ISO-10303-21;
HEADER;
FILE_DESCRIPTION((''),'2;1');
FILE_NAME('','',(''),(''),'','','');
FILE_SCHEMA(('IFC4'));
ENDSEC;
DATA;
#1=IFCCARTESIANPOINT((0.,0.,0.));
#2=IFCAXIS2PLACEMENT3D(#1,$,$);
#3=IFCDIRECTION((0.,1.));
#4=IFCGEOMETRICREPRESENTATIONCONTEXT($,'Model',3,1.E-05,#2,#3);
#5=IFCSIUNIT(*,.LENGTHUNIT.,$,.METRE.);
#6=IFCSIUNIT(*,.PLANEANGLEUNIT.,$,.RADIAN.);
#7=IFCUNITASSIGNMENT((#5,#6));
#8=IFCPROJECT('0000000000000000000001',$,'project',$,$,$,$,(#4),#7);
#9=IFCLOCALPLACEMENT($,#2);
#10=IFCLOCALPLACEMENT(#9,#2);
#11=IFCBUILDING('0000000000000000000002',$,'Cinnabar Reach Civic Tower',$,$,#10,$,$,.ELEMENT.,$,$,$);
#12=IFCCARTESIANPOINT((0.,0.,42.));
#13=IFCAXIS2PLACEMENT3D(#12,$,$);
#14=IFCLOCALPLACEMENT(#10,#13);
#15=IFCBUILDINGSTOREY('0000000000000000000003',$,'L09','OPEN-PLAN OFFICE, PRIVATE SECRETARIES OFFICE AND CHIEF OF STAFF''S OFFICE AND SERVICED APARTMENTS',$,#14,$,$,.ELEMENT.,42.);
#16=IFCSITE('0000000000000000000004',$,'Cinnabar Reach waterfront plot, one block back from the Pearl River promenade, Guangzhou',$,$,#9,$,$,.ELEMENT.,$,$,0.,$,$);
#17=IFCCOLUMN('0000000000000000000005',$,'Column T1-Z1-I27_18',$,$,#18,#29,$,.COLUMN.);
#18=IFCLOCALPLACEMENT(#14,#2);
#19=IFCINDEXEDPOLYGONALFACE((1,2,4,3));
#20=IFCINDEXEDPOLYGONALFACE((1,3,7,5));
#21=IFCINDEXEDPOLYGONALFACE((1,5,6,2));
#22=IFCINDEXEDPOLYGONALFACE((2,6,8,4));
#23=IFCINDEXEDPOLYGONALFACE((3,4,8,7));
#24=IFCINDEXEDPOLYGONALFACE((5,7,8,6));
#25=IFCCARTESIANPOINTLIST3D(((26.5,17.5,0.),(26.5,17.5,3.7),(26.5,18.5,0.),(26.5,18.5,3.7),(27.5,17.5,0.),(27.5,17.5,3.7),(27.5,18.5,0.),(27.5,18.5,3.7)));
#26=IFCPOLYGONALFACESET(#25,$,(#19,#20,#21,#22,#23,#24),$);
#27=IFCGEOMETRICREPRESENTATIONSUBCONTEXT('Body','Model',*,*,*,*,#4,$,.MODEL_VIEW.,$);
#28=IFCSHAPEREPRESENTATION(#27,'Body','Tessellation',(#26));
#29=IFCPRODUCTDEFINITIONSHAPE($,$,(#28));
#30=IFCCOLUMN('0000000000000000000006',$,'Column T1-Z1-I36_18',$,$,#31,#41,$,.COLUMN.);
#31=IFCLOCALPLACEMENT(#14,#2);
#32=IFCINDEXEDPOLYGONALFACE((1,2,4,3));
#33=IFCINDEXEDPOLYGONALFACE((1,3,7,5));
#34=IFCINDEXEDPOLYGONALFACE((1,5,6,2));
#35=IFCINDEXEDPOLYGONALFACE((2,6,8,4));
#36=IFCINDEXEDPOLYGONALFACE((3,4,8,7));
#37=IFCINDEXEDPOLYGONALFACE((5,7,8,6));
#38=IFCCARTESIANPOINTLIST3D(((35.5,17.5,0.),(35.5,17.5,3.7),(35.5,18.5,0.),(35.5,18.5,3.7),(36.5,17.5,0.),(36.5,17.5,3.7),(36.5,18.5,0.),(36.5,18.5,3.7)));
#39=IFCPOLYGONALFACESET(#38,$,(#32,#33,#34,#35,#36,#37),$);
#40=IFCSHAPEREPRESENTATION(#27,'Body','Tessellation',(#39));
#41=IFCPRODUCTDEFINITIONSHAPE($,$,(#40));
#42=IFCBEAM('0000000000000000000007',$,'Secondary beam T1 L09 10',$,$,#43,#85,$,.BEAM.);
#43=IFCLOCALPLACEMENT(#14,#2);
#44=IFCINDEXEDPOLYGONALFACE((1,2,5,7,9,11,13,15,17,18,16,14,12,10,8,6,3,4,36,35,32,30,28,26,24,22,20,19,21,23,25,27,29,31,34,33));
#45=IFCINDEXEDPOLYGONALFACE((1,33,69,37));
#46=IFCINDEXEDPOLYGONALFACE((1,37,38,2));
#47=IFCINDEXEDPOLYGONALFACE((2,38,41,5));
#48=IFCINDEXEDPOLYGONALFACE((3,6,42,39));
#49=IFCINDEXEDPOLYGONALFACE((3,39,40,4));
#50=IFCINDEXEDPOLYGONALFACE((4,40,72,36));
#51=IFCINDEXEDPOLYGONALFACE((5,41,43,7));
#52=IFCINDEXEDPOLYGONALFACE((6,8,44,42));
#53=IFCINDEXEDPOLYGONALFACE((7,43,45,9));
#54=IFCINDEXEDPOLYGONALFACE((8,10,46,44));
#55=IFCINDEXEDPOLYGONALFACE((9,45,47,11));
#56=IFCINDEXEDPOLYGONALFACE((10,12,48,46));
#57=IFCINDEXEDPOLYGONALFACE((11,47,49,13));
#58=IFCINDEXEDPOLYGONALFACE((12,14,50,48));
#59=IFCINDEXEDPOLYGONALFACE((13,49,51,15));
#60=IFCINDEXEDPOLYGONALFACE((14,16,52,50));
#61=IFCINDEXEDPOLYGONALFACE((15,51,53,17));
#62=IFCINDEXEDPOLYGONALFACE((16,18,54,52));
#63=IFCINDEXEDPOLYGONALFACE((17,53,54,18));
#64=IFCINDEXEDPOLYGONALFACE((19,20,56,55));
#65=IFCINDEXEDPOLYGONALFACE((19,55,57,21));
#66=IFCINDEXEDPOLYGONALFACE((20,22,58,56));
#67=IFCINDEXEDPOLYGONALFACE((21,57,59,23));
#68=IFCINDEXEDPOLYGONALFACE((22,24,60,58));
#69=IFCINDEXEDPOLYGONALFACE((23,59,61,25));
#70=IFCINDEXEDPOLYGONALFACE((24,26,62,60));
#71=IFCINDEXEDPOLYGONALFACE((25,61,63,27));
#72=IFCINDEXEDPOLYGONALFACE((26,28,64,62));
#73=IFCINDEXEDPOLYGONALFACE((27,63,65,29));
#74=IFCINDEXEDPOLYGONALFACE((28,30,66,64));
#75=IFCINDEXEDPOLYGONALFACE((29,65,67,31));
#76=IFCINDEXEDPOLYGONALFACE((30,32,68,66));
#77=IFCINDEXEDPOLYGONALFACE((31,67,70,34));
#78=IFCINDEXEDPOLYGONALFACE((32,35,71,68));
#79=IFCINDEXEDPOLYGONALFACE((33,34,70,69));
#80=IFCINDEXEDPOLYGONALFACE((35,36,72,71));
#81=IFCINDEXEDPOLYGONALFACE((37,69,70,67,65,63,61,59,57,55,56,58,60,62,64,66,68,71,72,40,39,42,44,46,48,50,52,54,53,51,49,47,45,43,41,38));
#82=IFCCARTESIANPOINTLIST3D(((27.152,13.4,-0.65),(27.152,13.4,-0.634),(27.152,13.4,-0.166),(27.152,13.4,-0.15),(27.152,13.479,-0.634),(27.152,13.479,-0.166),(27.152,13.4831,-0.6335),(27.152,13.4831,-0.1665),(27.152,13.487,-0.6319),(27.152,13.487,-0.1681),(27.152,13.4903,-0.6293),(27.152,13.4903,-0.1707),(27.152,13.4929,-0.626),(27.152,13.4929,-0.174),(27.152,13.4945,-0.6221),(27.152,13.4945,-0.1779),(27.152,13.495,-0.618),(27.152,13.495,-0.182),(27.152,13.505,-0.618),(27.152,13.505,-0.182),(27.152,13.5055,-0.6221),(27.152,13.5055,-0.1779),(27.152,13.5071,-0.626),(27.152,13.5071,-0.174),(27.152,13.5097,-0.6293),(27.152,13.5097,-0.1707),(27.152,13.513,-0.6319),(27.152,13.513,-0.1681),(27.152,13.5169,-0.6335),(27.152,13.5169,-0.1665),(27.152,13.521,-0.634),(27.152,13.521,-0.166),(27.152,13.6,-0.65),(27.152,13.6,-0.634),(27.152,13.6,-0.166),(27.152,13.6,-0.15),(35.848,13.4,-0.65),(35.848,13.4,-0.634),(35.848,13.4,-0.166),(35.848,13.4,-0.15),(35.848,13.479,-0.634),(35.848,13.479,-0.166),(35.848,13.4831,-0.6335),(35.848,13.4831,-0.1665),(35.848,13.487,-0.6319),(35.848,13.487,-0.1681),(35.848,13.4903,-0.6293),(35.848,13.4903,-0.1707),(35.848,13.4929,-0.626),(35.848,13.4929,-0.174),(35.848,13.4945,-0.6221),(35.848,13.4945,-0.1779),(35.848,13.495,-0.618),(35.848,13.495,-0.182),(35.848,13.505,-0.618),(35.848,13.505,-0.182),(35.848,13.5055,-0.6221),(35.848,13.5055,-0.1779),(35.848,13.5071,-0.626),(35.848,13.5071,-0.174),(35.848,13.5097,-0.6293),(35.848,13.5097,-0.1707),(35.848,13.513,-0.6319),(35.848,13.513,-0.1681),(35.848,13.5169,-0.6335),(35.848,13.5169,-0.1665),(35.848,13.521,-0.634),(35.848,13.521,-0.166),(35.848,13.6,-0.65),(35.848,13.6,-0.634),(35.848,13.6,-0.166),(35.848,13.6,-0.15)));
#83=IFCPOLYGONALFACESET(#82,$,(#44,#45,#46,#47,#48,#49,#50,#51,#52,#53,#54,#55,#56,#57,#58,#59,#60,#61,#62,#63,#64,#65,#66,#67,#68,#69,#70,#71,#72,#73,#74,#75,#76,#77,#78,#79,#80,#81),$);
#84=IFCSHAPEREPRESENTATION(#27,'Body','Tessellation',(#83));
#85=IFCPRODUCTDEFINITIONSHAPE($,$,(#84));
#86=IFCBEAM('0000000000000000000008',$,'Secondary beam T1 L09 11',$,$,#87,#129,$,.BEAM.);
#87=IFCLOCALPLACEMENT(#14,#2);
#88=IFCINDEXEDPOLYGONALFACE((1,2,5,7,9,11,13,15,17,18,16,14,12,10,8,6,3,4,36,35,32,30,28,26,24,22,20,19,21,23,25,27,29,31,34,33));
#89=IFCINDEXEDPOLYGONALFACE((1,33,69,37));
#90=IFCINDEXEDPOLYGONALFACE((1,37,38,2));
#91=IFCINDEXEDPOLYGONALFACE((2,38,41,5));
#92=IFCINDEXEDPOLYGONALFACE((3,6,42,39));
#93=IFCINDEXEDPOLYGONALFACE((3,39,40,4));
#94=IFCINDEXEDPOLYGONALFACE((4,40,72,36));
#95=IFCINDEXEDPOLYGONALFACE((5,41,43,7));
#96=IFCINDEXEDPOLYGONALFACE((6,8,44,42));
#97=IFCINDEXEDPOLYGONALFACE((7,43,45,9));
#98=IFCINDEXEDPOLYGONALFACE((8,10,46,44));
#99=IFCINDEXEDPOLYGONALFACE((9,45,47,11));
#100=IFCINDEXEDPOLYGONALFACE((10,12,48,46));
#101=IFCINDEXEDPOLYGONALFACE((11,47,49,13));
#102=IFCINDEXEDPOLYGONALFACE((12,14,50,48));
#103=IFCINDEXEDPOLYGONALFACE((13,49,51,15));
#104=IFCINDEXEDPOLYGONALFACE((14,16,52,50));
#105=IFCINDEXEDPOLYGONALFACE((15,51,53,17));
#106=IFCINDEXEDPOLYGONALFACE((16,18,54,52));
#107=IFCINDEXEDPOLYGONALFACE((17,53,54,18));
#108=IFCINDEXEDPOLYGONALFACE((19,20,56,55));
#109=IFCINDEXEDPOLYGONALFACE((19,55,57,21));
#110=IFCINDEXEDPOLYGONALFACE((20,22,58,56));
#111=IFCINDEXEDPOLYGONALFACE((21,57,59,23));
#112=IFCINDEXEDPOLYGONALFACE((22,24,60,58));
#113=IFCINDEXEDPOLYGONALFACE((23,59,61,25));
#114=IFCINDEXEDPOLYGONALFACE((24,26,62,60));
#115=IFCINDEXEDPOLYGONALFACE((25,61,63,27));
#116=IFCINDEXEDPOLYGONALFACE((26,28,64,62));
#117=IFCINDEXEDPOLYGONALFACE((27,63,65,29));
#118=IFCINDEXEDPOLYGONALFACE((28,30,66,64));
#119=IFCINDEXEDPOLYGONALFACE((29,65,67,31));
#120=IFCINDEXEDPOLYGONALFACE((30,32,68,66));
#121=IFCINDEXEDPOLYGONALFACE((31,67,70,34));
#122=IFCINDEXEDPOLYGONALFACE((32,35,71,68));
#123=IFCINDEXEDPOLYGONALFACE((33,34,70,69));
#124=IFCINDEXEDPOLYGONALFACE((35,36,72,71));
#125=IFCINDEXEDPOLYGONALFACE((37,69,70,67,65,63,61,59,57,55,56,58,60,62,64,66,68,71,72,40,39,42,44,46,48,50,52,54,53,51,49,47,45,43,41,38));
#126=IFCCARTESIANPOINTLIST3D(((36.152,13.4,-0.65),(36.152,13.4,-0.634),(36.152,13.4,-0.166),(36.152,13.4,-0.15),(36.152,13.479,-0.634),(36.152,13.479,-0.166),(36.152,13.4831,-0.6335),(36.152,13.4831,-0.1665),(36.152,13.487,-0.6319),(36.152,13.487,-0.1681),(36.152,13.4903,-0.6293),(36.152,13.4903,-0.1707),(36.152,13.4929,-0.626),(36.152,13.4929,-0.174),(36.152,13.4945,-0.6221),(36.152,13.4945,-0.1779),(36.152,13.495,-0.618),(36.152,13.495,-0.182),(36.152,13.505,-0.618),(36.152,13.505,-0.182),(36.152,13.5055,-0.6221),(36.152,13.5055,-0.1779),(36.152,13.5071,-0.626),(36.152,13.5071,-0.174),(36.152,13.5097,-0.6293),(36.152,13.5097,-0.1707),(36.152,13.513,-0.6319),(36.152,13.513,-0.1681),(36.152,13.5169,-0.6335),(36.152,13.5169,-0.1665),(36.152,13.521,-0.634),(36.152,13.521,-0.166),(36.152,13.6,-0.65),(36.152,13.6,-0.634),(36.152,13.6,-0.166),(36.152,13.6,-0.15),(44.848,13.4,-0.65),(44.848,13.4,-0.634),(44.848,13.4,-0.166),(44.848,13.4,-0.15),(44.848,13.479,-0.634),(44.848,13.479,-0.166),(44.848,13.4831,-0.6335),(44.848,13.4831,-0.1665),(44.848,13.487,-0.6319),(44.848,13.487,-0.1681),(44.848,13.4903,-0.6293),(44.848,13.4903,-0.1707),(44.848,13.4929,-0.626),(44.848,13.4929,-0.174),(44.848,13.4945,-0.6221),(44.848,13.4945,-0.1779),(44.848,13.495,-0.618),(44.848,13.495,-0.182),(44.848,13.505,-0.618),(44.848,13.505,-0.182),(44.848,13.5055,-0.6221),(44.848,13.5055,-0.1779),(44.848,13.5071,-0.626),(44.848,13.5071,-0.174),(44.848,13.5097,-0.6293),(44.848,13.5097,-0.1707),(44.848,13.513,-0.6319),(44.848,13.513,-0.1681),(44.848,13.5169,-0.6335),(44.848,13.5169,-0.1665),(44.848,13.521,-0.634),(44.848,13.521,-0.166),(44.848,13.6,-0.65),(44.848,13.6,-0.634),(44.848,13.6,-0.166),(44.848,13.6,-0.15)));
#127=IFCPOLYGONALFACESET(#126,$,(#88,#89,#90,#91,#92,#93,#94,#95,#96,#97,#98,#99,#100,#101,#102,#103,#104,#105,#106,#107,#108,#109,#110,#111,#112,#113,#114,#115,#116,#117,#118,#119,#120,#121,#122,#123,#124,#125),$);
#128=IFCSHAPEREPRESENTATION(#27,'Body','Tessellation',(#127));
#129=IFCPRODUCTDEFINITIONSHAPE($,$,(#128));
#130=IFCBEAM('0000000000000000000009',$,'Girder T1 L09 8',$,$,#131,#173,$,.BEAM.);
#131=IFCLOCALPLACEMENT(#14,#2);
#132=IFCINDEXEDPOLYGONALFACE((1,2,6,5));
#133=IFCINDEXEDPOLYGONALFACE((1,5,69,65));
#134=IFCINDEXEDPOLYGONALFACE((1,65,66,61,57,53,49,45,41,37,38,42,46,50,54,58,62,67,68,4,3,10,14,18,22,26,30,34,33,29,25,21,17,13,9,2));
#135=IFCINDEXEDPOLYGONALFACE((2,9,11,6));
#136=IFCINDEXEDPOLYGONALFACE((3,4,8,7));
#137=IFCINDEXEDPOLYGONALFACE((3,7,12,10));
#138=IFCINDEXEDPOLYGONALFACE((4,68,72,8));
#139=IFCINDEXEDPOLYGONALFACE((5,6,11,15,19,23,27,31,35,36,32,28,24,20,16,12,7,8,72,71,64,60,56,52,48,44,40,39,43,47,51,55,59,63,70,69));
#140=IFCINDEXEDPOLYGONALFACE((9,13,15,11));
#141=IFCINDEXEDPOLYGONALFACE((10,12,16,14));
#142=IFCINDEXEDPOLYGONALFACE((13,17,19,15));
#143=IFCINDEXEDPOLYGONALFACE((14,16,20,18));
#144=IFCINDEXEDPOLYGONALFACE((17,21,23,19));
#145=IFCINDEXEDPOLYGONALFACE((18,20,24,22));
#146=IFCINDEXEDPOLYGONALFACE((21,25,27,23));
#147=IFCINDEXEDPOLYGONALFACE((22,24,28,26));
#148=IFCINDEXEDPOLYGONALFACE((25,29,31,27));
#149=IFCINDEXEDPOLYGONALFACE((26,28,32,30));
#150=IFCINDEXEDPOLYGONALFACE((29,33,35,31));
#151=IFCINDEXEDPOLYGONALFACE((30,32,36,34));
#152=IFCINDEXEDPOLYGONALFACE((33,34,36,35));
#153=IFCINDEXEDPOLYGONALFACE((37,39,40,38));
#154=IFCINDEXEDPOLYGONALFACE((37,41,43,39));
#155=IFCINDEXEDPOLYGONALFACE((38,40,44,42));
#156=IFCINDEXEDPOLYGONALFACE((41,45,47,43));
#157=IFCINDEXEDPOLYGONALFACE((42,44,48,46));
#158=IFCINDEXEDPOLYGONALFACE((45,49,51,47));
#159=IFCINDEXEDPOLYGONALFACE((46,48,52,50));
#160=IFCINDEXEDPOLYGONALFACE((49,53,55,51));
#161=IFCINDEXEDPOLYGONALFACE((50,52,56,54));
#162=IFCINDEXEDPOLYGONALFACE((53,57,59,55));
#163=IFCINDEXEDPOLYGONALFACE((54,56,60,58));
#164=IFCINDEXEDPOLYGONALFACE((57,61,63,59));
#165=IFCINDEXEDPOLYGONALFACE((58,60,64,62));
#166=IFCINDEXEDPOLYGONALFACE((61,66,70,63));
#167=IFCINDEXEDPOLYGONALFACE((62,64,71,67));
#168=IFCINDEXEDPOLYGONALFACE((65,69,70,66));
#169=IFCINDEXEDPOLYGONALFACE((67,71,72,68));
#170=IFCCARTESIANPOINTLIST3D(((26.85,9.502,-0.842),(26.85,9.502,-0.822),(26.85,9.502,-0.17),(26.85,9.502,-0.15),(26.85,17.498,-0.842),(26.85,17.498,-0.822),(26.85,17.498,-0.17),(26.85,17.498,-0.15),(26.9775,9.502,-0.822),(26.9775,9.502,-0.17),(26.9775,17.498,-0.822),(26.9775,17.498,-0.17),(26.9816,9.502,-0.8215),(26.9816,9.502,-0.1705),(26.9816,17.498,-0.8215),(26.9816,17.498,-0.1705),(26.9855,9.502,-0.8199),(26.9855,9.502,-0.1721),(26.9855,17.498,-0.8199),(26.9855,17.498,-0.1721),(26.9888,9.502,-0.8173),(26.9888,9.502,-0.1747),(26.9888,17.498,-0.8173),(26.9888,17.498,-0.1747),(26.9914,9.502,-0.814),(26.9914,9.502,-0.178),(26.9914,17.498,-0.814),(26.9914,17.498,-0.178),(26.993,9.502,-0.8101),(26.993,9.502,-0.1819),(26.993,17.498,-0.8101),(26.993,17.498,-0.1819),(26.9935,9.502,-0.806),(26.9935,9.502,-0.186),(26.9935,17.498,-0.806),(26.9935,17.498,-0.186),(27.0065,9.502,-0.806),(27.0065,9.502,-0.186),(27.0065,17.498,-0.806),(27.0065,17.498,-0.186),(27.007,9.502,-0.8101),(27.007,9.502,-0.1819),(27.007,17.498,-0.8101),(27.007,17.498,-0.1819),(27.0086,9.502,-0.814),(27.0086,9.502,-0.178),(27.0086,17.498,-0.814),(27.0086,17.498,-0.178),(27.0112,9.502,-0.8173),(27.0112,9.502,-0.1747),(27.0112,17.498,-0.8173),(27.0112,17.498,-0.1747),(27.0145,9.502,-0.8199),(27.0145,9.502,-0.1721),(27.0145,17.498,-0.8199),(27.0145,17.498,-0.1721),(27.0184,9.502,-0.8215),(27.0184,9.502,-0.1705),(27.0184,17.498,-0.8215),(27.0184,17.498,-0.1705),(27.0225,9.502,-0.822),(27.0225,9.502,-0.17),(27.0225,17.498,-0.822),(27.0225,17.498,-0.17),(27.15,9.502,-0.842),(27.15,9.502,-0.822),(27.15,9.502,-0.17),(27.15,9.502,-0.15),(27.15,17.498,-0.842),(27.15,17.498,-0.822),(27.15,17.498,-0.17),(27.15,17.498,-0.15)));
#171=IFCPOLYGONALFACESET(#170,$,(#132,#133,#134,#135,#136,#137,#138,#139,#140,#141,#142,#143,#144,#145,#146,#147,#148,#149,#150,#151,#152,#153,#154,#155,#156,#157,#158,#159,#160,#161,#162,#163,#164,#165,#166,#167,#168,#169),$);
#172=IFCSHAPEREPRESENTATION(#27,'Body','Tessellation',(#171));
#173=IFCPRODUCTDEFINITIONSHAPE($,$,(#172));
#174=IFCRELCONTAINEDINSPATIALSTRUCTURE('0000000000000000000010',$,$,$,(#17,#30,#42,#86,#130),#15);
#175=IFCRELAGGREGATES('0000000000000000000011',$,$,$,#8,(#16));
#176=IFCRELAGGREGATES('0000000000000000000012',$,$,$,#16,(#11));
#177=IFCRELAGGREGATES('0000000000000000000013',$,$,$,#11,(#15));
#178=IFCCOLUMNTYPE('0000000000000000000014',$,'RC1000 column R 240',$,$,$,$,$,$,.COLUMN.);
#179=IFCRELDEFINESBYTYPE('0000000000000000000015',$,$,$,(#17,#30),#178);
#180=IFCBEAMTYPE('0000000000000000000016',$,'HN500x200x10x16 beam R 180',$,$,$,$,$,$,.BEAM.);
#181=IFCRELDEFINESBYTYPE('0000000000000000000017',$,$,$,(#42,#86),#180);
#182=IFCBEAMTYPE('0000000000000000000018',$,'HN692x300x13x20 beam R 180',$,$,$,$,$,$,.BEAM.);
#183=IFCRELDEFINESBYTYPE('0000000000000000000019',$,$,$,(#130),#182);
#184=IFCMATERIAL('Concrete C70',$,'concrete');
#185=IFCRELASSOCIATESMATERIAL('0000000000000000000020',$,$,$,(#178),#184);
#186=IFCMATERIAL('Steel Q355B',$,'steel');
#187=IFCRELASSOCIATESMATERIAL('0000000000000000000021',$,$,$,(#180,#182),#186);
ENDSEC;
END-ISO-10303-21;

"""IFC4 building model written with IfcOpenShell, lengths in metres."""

from ifc_helpers import new_model, si_unit, direction, frame, origin, origin_2d, place, context, subcontext, project, spatial, rectangle, i_section, extrude, material, material_profile, profile_set, type_object, element, save


model = new_model("IFC4")

# Units and contexts
model_context = context("Model", 3, precision=1e-05, world=origin(), true_north=direction((0.0, 1.0)))
body_context = subcontext(model_context, "Body", "Model", "MODEL_VIEW")
ifc_project = project(units=[si_unit("LENGTHUNIT", "METRE"), si_unit("PLANEANGLEUNIT", "RADIAN")], contexts=[model_context])

# Site, building, storey
site_placement = place(None, origin())
site = spatial("IfcSite", under=ifc_project, at=site_placement, Name="Cinnabar Reach waterfront plot, one block back from the Pearl River promenade, Guangzhou", CompositionType="ELEMENT", RefElevation=0.0)
building_placement = place(site_placement, origin())
building = spatial("IfcBuilding", under=site, at=building_placement, Name="Cinnabar Reach Civic Tower", CompositionType="ELEMENT")
storey_placement = place(building_placement, frame((0.0, 0.0, 42.0)))
storey = spatial("IfcBuildingStorey", under=building, at=storey_placement, Name="L09", Description="OPEN-PLAN OFFICE, PRIVATE SECRETARIES OFFICE AND CHIEF OF STAFF'S OFFICE AND SERVICED APARTMENTS", CompositionType="ELEMENT", Elevation=42.0)

# Columns
ifc_material_1 = material(Name="Concrete C70", Category="concrete")
ifc_material_profile_1 = material_profile(ifc_material_1, rectangle(XDim=1.0, YDim=1.0, at=origin_2d()), Name="RC1000")
ifc_profile_set_1 = profile_set([ifc_material_profile_1], Name="Concrete C70")
column_type = type_object("IfcColumnType", Name="RC1000 column R 240", PredefinedType="COLUMN", material=ifc_profile_set_1)
for number, where, z_axis, x_axis, name in (
    (1, (27.0, 18.0, 0.0), (0.0, 0.0, 1.0), (1.0, 0.0, 0.0), "Column T1-Z1-I27_18"),
    (2, (36.0, 18.0, 0.0), (0.0, 0.0, 1.0), (1.0, 0.0, 0.0), "Column T1-Z1-I36_18"),
):
    element("IfcColumn", number, at=place(storey_placement, frame(where, z_axis=z_axis, x_axis=x_axis)), inside=storey, type_object=column_type, Name=name, PredefinedType="COLUMN", context=body_context, shape_type="SweptSolid", body=[
        extrude(rectangle(XDim=1.0, YDim=1.0, at=origin_2d()), origin(), (0.0, 0.0, 1.0), 3.7),
    ])

# Beams
ifc_material_2 = material(Name="Steel Q355B", Category="steel")
ifc_material_profile_2 = material_profile(ifc_material_2, i_section(OverallWidth=0.2, OverallDepth=0.5, WebThickness=0.01, FlangeThickness=0.016, FilletRadius=0.016, at=origin_2d()), Name="HN500x200x10x16")
ifc_profile_set_2 = profile_set([ifc_material_profile_2], Name="Steel Q355B")
beam_type_1 = type_object("IfcBeamType", Name="HN500x200x10x16 beam R 180", PredefinedType="BEAM", material=ifc_profile_set_2)
for number, where, z_axis, x_axis, name in (
    (3, (27.152, 13.5, -0.4), (1.0, 0.0, 0.0), (0.0, 1.0, 0.0), "Secondary beam T1 L09 10"),
    (4, (36.152, 13.5, -0.4), (1.0, 0.0, 0.0), (0.0, 1.0, 0.0), "Secondary beam T1 L09 11"),
):
    element("IfcBeam", number, at=place(storey_placement, frame(where, z_axis=z_axis, x_axis=x_axis)), inside=storey, type_object=beam_type_1, Name=name, PredefinedType="BEAM", context=body_context, shape_type="SweptSolid", body=[
        extrude(i_section(OverallWidth=0.2, OverallDepth=0.5, WebThickness=0.01, FlangeThickness=0.016, FilletRadius=0.016, at=origin_2d()), origin(), (0.0, 0.0, 1.0), 8.696),
    ])
ifc_material_profile_3 = material_profile(ifc_material_2, i_section(OverallWidth=0.3, OverallDepth=0.692, WebThickness=0.013, FlangeThickness=0.02, FilletRadius=0.016, at=origin_2d()), Name="HN692x300x13x20")
ifc_profile_set_3 = profile_set([ifc_material_profile_3], Name="Steel Q355B")
beam_type_2 = type_object("IfcBeamType", Name="HN692x300x13x20 beam R 180", PredefinedType="BEAM", material=ifc_profile_set_3)
for number, where, z_axis, x_axis, name in (
    (5, (27.0, 9.502, -0.496), (0.0, 1.0, 0.0), (-1.0, 0.0, 0.0), "Girder T1 L09 8"),
):
    element("IfcBeam", number, at=place(storey_placement, frame(where, z_axis=z_axis, x_axis=x_axis)), inside=storey, type_object=beam_type_2, Name=name, PredefinedType="BEAM", context=body_context, shape_type="SweptSolid", body=[
        extrude(i_section(OverallWidth=0.3, OverallDepth=0.692, WebThickness=0.013, FlangeThickness=0.02, FilletRadius=0.016, at=origin_2d()), origin(), (0.0, 0.0, 1.0), 7.996),
    ])

save(model, "model.ifc")
